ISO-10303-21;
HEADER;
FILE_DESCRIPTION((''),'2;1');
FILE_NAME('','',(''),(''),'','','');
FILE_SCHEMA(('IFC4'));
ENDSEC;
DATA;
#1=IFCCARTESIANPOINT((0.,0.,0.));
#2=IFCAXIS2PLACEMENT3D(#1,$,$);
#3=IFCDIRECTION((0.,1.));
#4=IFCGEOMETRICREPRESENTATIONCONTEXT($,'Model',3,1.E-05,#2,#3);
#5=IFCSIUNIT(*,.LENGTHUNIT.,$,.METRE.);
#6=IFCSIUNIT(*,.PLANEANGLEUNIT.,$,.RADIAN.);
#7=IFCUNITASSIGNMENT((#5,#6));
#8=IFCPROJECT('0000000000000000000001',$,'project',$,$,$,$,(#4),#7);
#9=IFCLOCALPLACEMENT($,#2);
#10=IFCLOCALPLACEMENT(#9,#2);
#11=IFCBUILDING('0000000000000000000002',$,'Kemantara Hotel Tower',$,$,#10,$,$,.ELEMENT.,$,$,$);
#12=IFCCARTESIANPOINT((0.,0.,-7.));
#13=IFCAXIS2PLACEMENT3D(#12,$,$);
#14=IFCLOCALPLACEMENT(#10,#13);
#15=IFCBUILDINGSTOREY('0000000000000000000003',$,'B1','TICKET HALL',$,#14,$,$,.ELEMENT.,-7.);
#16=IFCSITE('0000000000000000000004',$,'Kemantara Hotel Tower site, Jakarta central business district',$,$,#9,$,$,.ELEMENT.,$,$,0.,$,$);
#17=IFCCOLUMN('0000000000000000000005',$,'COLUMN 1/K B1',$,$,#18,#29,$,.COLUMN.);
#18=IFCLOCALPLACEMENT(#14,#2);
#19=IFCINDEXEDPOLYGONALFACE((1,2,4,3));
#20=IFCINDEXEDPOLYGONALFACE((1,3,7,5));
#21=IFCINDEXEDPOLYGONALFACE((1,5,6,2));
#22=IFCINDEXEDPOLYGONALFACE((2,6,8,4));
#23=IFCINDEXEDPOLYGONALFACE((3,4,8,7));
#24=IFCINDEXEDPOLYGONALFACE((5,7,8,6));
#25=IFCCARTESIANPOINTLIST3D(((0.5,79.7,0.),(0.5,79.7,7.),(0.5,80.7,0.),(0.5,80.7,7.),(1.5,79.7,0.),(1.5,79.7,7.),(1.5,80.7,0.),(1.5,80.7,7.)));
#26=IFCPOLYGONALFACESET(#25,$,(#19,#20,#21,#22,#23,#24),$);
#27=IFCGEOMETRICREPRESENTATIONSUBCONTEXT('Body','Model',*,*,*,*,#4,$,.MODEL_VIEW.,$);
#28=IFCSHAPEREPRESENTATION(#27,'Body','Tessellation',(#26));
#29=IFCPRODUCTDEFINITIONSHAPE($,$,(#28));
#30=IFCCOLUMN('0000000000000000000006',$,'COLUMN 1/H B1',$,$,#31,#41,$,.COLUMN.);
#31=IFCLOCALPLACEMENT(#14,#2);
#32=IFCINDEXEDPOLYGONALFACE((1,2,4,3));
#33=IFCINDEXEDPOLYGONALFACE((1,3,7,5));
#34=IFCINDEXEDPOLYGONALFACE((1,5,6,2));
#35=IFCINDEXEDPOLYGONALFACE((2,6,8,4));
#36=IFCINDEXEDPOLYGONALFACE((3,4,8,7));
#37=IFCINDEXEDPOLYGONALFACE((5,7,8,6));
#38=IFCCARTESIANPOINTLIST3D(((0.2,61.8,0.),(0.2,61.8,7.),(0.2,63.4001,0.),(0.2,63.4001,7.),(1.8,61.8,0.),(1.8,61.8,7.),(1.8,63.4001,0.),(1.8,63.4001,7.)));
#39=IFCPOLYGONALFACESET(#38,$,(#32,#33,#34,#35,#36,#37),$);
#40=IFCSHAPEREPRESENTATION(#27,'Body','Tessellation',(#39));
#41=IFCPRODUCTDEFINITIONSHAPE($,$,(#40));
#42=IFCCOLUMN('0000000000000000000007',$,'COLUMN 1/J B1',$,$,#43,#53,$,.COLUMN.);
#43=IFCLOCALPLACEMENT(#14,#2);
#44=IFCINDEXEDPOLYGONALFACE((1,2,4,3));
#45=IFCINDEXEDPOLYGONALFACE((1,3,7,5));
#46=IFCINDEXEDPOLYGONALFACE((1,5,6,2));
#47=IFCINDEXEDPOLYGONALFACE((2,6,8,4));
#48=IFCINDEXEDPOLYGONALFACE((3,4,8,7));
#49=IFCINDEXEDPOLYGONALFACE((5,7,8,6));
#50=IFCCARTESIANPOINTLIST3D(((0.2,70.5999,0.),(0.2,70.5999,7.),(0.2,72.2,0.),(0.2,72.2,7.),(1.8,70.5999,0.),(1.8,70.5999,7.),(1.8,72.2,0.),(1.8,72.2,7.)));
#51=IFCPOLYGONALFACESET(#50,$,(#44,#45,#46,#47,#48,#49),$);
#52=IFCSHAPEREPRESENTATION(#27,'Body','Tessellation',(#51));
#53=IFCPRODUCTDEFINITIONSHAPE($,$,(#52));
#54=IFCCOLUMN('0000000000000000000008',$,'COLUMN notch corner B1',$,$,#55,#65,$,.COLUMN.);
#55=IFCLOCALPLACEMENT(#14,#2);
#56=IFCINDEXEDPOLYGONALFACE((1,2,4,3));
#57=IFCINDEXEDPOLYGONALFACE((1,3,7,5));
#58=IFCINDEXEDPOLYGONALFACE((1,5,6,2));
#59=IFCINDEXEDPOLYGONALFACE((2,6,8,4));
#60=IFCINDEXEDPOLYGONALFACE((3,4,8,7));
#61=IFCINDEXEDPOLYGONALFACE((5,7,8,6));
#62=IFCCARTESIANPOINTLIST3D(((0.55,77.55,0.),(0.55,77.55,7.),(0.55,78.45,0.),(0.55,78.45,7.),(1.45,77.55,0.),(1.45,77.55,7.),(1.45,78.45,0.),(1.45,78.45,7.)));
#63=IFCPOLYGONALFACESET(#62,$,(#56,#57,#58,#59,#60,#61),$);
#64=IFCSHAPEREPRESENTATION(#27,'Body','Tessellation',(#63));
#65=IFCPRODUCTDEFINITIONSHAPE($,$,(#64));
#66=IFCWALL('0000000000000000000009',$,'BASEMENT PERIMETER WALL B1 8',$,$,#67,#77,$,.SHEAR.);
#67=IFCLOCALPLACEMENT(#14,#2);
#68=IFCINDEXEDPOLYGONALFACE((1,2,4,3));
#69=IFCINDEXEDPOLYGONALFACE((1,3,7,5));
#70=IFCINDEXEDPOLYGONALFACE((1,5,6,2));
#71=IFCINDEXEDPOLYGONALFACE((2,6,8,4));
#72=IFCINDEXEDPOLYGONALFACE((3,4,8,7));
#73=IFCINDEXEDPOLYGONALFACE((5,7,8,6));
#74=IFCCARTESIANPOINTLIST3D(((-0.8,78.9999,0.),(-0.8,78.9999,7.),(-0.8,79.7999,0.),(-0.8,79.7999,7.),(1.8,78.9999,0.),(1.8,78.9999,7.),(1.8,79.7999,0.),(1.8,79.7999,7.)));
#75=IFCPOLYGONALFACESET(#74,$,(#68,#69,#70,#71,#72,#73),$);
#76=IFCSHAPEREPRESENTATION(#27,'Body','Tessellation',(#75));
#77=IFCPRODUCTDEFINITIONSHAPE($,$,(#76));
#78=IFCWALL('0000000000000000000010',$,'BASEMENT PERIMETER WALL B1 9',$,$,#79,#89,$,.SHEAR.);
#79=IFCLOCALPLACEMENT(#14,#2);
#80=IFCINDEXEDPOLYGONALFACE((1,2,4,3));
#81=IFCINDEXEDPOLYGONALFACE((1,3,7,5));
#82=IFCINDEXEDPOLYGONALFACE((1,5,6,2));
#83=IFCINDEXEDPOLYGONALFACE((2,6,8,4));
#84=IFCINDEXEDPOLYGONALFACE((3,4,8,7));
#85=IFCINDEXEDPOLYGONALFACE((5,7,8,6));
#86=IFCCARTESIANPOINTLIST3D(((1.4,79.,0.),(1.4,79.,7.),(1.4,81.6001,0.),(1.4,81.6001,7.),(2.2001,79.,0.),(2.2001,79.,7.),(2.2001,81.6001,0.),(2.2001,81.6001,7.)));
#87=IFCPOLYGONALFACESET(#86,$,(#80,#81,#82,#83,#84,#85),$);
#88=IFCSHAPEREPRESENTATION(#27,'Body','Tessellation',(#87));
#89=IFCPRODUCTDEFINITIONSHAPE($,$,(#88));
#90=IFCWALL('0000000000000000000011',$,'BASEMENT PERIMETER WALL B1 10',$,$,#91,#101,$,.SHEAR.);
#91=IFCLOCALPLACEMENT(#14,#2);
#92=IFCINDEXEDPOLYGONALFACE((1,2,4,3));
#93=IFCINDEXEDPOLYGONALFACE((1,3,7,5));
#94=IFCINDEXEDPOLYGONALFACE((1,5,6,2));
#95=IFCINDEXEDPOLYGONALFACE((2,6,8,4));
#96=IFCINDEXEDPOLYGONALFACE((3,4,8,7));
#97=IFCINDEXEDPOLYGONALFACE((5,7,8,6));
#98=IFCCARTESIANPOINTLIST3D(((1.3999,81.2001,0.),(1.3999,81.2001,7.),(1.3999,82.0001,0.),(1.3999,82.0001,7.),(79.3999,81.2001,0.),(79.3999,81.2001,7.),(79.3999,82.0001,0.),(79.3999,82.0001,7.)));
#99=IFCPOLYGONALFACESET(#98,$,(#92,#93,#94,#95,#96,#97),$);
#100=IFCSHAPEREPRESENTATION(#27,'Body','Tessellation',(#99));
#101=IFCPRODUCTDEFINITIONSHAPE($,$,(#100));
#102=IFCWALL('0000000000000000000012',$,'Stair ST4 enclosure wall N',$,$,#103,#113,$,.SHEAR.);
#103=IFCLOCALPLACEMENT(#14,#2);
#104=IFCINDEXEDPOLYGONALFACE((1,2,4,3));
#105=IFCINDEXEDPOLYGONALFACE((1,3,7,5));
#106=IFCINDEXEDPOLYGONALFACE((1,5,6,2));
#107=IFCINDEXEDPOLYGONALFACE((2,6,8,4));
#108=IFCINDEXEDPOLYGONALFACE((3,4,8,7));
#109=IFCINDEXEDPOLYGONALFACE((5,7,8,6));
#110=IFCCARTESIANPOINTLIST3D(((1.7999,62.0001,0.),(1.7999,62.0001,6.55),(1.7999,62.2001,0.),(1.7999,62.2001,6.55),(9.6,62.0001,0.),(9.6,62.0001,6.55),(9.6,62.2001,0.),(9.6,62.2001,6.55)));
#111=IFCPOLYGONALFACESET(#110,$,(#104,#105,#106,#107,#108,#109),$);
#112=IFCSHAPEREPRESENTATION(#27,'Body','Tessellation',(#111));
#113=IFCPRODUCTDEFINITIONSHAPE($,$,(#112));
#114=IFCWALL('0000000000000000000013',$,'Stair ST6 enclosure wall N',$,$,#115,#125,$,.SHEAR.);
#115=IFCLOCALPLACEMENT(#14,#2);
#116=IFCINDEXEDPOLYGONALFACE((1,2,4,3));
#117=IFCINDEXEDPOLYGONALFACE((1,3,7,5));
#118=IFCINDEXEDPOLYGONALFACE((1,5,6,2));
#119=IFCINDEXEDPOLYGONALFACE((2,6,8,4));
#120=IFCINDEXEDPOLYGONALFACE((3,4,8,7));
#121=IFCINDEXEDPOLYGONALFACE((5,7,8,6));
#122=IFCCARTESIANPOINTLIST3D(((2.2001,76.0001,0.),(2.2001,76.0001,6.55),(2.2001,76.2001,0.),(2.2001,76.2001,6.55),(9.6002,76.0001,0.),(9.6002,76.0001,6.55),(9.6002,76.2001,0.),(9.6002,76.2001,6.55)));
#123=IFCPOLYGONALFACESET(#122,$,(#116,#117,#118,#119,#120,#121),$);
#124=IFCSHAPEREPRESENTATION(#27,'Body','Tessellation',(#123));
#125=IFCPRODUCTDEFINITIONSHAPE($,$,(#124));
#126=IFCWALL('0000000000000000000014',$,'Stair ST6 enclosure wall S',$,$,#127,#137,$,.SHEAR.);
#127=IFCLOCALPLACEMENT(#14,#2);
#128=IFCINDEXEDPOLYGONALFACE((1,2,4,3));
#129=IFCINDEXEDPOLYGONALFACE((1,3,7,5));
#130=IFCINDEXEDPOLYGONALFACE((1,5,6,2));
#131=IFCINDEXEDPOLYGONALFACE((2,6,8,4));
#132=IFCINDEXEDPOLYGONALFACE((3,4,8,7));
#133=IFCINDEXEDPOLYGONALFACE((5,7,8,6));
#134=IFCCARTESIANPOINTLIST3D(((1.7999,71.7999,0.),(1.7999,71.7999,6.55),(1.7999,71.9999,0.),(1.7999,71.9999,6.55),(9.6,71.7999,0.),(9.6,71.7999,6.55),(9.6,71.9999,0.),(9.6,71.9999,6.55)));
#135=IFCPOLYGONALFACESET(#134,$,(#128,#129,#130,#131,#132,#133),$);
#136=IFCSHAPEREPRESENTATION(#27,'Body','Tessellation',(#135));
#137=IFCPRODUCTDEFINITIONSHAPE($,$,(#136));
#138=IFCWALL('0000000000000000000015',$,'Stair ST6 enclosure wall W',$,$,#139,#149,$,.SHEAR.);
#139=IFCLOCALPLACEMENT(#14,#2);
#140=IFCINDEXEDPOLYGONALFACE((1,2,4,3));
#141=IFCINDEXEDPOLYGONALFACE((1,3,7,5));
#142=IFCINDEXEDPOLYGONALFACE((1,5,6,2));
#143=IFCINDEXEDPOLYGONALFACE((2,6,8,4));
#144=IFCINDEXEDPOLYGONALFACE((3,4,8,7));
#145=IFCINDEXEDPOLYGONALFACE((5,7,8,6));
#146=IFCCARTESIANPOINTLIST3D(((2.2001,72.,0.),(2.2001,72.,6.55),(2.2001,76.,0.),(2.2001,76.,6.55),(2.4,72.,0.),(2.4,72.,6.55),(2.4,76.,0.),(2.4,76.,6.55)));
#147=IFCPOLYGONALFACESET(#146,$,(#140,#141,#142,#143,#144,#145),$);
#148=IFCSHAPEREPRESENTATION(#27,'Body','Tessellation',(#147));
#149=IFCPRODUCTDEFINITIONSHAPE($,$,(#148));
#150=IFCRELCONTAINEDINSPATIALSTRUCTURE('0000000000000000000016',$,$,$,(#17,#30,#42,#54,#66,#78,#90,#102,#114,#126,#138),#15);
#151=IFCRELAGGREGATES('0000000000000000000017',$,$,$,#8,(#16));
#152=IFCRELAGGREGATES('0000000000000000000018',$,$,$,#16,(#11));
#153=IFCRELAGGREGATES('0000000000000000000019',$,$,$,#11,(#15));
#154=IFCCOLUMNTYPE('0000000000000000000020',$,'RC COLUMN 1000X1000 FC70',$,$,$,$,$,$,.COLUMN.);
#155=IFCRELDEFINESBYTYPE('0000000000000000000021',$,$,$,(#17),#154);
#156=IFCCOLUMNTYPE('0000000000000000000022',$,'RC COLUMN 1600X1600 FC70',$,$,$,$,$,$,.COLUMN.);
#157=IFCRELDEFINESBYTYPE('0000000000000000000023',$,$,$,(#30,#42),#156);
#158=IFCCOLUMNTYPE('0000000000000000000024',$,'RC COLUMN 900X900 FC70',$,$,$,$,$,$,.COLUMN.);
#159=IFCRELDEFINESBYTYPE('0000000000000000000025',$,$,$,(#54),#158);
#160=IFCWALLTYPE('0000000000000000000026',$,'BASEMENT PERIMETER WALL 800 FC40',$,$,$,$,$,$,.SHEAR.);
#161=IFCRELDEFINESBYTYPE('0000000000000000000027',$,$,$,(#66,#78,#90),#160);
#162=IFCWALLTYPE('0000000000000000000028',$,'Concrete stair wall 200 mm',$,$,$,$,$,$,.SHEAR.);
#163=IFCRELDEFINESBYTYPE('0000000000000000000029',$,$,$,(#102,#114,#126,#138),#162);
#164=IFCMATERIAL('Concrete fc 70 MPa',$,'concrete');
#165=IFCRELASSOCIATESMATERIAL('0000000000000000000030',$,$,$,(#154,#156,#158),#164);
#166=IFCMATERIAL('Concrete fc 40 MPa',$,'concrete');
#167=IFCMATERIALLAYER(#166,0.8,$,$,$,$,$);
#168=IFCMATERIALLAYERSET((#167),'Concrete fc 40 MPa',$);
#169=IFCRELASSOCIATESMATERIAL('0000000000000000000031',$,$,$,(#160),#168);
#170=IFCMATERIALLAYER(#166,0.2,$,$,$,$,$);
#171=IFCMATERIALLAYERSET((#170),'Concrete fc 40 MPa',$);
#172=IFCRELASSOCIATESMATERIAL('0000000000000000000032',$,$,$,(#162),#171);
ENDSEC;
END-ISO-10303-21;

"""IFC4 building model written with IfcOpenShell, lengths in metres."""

from ifc_helpers import new_model, si_unit, direction, frame, frame_2d, origin, origin_2d, place, context, subcontext, project, spatial, rectangle, extrude, material, layer, layer_set, material_profile, profile_set, type_object, element, save


model = new_model("IFC4")

# Units and contexts
model_context = context("Model", 3, precision=1e-05, world=origin(), true_north=direction((0.0, 1.0)))
body_context = subcontext(model_context, "Body", "Model", "MODEL_VIEW")
ifc_project = project(units=[si_unit("LENGTHUNIT", "METRE"), si_unit("PLANEANGLEUNIT", "RADIAN")], contexts=[model_context])

# Site, building, storey
site_placement = place(None, origin())
site = spatial("IfcSite", under=ifc_project, at=site_placement, Name="Kemantara Hotel Tower site, Jakarta central business district", CompositionType="ELEMENT", RefElevation=0.0)
building_placement = place(site_placement, origin())
building = spatial("IfcBuilding", under=site, at=building_placement, Name="Kemantara Hotel Tower", CompositionType="ELEMENT")
storey_placement = place(building_placement, frame((0.0, 0.0, -7.0)))
storey = spatial("IfcBuildingStorey", under=building, at=storey_placement, Name="B1", Description="TICKET HALL", CompositionType="ELEMENT", Elevation=-7.0)

# Columns
ifc_material_1 = material(Name="Concrete fc 70 MPa", Category="concrete")
ifc_material_profile_1 = material_profile(ifc_material_1, rectangle(XDim=1.0, YDim=1.0, at=origin_2d()), Name="RC 1000X1000")
ifc_profile_set_1 = profile_set([ifc_material_profile_1], Name="Concrete fc 70 MPa")
column_type_1 = type_object("IfcColumnType", Name="RC COLUMN 1000X1000 FC70", PredefinedType="COLUMN", material=ifc_profile_set_1)
column_1_placement = place(storey_placement, frame((1.0, 80.2, 0.0), z_axis=(0.0, 0.0, 1.0), x_axis=(1.0, 0.0, 0.0)))
element("IfcColumn", 1, at=column_1_placement, inside=storey, type_object=column_type_1, Name="COLUMN 1/K B1", PredefinedType="COLUMN", context=body_context, shape_type="SweptSolid", body=[
    extrude(rectangle(XDim=1.0, YDim=1.0, at=origin_2d()), origin(), (0.0, 0.0, 1.0), 7.0),
])
ifc_material_profile_2 = material_profile(ifc_material_1, rectangle(XDim=1.6001, YDim=1.6001, at=origin_2d()), Name="RC 1600X1600")
ifc_profile_set_2 = profile_set([ifc_material_profile_2], Name="Concrete fc 70 MPa")
column_type_2 = type_object("IfcColumnType", Name="RC COLUMN 1600X1600 FC70", PredefinedType="COLUMN", material=ifc_profile_set_2)
for number, where, z_axis, x_axis, name in (
    (2, (1.0, 62.6001, 0.0), (0.0, 0.0, 1.0), (1.0, 0.0, 0.0), "COLUMN 1/H B1"),
    (3, (1.0, 71.3999, 0.0), (0.0, 0.0, 1.0), (1.0, 0.0, 0.0), "COLUMN 1/J B1"),
):
    element("IfcColumn", number, at=place(storey_placement, frame(where, z_axis=z_axis, x_axis=x_axis)), inside=storey, type_object=column_type_2, Name=name, PredefinedType="COLUMN", context=body_context, shape_type="SweptSolid", body=[
        extrude(rectangle(XDim=1.6001, YDim=1.6001, at=origin_2d()), origin(), (0.0, 0.0, 1.0), 7.0),
    ])
ifc_material_profile_3 = material_profile(ifc_material_1, rectangle(XDim=0.8999, YDim=0.8999, at=origin_2d()), Name="RC 900X900")
ifc_profile_set_3 = profile_set([ifc_material_profile_3], Name="Concrete fc 70 MPa")
column_type_3 = type_object("IfcColumnType", Name="RC COLUMN 900X900 FC70", PredefinedType="COLUMN", material=ifc_profile_set_3)
column_2_placement = place(storey_placement, frame((1.0, 78.0, 0.0), z_axis=(0.0, 0.0, 1.0), x_axis=(1.0, 0.0, 0.0)))
element("IfcColumn", 4, at=column_2_placement, inside=storey, type_object=column_type_3, Name="COLUMN notch corner B1", PredefinedType="COLUMN", context=body_context, shape_type="SweptSolid", body=[
    extrude(rectangle(XDim=0.8999, YDim=0.8999, at=origin_2d()), origin(), (0.0, 0.0, 1.0), 7.0),
])

# Walls
ifc_material_2 = material(Name="Concrete fc 40 MPa", Category="concrete")
ifc_layer_1 = layer(ifc_material_2, 0.8)
ifc_layer_set_1 = layer_set([ifc_layer_1], Name="Concrete fc 40 MPa")
wall_type_1 = type_object("IfcWallType", Name="BASEMENT PERIMETER WALL 800 FC40", PredefinedType="SHEAR", material=ifc_layer_set_1)
for number, where, z_axis, x_axis, name in (
    (5, (-0.8, 79.3999, 0.0), (0.0, 0.0, 1.0), (1.0, 0.0, 0.0), "BASEMENT PERIMETER WALL B1 8"),
    (6, (1.8, 79.0, 0.0), (0.0, 0.0, 1.0), (0.0, 1.0, 0.0), "BASEMENT PERIMETER WALL B1 9"),
):
    element("IfcWall", number, at=place(storey_placement, frame(where, z_axis=z_axis, x_axis=x_axis)), inside=storey, type_object=wall_type_1, Name=name, PredefinedType="SHEAR", context=body_context, shape_type="SweptSolid", body=[
        extrude(rectangle(XDim=2.6001, YDim=0.8, at=frame_2d((1.3, 0.0))), origin(), (0.0, 0.0, 1.0), 7.0),
    ])
wall_1_placement = place(storey_placement, frame((1.3999, 81.6001, 0.0), z_axis=(0.0, 0.0, 1.0), x_axis=(1.0, 0.0, 0.0)))
element("IfcWall", 7, at=wall_1_placement, inside=storey, type_object=wall_type_1, Name="BASEMENT PERIMETER WALL B1 10", PredefinedType="SHEAR", context=body_context, shape_type="SweptSolid", body=[
    extrude(rectangle(XDim=78.0, YDim=0.8, at=frame_2d((39.0, 0.0))), origin(), (0.0, 0.0, 1.0), 7.0),
])
ifc_layer_2 = layer(ifc_material_2, 0.2)
ifc_layer_set_2 = layer_set([ifc_layer_2], Name="Concrete fc 40 MPa")
wall_type_2 = type_object("IfcWallType", Name="Concrete stair wall 200 mm", PredefinedType="SHEAR", material=ifc_layer_set_2)
wall_2_placement = place(storey_placement, frame((1.8, 62.1001, 0.0), z_axis=(0.0, 0.0, 1.0), x_axis=(1.0, 0.0, 0.0)))
element("IfcWall", 8, at=wall_2_placement, inside=storey, type_object=wall_type_2, Name="Stair ST4 enclosure wall N", PredefinedType="SHEAR", context=body_context, shape_type="SweptSolid", body=[
    extrude(rectangle(XDim=7.8, YDim=0.2, at=frame_2d((3.8999, 0.0))), origin(), (0.0, 0.0, 1.0), 6.55),
])
wall_3_placement = place(storey_placement, frame((2.2, 76.1001, 0.0), z_axis=(0.0, 0.0, 1.0), x_axis=(1.0, 0.0, 0.0)))
element("IfcWall", 9, at=wall_3_placement, inside=storey, type_object=wall_type_2, Name="Stair ST6 enclosure wall N", PredefinedType="SHEAR", context=body_context, shape_type="SweptSolid", body=[
    extrude(rectangle(XDim=7.4001, YDim=0.2, at=frame_2d((3.7002, 0.0))), origin(), (0.0, 0.0, 1.0), 6.55),
])
wall_4_placement = place(storey_placement, frame((1.8, 71.8999, 0.0), z_axis=(0.0, 0.0, 1.0), x_axis=(1.0, 0.0, 0.0)))
element("IfcWall", 10, at=wall_4_placement, inside=storey, type_object=wall_type_2, Name="Stair ST6 enclosure wall S", PredefinedType="SHEAR", context=body_context, shape_type="SweptSolid", body=[
    extrude(rectangle(XDim=7.8, YDim=0.2, at=frame_2d((3.8999, 0.0))), origin(), (0.0, 0.0, 1.0), 6.55),
])
wall_5_placement = place(storey_placement, frame((2.3, 72.0, 0.0), z_axis=(0.0, 0.0, 1.0), x_axis=(0.0, 1.0, 0.0)))
element("IfcWall", 11, at=wall_5_placement, inside=storey, type_object=wall_type_2, Name="Stair ST6 enclosure wall W", PredefinedType="SHEAR", context=body_context, shape_type="SweptSolid", body=[
    extrude(rectangle(XDim=4.0, YDim=0.2, at=frame_2d((2.0, 0.0))), origin(), (0.0, 0.0, 1.0), 6.55),
])

save(model, "model.ifc")
